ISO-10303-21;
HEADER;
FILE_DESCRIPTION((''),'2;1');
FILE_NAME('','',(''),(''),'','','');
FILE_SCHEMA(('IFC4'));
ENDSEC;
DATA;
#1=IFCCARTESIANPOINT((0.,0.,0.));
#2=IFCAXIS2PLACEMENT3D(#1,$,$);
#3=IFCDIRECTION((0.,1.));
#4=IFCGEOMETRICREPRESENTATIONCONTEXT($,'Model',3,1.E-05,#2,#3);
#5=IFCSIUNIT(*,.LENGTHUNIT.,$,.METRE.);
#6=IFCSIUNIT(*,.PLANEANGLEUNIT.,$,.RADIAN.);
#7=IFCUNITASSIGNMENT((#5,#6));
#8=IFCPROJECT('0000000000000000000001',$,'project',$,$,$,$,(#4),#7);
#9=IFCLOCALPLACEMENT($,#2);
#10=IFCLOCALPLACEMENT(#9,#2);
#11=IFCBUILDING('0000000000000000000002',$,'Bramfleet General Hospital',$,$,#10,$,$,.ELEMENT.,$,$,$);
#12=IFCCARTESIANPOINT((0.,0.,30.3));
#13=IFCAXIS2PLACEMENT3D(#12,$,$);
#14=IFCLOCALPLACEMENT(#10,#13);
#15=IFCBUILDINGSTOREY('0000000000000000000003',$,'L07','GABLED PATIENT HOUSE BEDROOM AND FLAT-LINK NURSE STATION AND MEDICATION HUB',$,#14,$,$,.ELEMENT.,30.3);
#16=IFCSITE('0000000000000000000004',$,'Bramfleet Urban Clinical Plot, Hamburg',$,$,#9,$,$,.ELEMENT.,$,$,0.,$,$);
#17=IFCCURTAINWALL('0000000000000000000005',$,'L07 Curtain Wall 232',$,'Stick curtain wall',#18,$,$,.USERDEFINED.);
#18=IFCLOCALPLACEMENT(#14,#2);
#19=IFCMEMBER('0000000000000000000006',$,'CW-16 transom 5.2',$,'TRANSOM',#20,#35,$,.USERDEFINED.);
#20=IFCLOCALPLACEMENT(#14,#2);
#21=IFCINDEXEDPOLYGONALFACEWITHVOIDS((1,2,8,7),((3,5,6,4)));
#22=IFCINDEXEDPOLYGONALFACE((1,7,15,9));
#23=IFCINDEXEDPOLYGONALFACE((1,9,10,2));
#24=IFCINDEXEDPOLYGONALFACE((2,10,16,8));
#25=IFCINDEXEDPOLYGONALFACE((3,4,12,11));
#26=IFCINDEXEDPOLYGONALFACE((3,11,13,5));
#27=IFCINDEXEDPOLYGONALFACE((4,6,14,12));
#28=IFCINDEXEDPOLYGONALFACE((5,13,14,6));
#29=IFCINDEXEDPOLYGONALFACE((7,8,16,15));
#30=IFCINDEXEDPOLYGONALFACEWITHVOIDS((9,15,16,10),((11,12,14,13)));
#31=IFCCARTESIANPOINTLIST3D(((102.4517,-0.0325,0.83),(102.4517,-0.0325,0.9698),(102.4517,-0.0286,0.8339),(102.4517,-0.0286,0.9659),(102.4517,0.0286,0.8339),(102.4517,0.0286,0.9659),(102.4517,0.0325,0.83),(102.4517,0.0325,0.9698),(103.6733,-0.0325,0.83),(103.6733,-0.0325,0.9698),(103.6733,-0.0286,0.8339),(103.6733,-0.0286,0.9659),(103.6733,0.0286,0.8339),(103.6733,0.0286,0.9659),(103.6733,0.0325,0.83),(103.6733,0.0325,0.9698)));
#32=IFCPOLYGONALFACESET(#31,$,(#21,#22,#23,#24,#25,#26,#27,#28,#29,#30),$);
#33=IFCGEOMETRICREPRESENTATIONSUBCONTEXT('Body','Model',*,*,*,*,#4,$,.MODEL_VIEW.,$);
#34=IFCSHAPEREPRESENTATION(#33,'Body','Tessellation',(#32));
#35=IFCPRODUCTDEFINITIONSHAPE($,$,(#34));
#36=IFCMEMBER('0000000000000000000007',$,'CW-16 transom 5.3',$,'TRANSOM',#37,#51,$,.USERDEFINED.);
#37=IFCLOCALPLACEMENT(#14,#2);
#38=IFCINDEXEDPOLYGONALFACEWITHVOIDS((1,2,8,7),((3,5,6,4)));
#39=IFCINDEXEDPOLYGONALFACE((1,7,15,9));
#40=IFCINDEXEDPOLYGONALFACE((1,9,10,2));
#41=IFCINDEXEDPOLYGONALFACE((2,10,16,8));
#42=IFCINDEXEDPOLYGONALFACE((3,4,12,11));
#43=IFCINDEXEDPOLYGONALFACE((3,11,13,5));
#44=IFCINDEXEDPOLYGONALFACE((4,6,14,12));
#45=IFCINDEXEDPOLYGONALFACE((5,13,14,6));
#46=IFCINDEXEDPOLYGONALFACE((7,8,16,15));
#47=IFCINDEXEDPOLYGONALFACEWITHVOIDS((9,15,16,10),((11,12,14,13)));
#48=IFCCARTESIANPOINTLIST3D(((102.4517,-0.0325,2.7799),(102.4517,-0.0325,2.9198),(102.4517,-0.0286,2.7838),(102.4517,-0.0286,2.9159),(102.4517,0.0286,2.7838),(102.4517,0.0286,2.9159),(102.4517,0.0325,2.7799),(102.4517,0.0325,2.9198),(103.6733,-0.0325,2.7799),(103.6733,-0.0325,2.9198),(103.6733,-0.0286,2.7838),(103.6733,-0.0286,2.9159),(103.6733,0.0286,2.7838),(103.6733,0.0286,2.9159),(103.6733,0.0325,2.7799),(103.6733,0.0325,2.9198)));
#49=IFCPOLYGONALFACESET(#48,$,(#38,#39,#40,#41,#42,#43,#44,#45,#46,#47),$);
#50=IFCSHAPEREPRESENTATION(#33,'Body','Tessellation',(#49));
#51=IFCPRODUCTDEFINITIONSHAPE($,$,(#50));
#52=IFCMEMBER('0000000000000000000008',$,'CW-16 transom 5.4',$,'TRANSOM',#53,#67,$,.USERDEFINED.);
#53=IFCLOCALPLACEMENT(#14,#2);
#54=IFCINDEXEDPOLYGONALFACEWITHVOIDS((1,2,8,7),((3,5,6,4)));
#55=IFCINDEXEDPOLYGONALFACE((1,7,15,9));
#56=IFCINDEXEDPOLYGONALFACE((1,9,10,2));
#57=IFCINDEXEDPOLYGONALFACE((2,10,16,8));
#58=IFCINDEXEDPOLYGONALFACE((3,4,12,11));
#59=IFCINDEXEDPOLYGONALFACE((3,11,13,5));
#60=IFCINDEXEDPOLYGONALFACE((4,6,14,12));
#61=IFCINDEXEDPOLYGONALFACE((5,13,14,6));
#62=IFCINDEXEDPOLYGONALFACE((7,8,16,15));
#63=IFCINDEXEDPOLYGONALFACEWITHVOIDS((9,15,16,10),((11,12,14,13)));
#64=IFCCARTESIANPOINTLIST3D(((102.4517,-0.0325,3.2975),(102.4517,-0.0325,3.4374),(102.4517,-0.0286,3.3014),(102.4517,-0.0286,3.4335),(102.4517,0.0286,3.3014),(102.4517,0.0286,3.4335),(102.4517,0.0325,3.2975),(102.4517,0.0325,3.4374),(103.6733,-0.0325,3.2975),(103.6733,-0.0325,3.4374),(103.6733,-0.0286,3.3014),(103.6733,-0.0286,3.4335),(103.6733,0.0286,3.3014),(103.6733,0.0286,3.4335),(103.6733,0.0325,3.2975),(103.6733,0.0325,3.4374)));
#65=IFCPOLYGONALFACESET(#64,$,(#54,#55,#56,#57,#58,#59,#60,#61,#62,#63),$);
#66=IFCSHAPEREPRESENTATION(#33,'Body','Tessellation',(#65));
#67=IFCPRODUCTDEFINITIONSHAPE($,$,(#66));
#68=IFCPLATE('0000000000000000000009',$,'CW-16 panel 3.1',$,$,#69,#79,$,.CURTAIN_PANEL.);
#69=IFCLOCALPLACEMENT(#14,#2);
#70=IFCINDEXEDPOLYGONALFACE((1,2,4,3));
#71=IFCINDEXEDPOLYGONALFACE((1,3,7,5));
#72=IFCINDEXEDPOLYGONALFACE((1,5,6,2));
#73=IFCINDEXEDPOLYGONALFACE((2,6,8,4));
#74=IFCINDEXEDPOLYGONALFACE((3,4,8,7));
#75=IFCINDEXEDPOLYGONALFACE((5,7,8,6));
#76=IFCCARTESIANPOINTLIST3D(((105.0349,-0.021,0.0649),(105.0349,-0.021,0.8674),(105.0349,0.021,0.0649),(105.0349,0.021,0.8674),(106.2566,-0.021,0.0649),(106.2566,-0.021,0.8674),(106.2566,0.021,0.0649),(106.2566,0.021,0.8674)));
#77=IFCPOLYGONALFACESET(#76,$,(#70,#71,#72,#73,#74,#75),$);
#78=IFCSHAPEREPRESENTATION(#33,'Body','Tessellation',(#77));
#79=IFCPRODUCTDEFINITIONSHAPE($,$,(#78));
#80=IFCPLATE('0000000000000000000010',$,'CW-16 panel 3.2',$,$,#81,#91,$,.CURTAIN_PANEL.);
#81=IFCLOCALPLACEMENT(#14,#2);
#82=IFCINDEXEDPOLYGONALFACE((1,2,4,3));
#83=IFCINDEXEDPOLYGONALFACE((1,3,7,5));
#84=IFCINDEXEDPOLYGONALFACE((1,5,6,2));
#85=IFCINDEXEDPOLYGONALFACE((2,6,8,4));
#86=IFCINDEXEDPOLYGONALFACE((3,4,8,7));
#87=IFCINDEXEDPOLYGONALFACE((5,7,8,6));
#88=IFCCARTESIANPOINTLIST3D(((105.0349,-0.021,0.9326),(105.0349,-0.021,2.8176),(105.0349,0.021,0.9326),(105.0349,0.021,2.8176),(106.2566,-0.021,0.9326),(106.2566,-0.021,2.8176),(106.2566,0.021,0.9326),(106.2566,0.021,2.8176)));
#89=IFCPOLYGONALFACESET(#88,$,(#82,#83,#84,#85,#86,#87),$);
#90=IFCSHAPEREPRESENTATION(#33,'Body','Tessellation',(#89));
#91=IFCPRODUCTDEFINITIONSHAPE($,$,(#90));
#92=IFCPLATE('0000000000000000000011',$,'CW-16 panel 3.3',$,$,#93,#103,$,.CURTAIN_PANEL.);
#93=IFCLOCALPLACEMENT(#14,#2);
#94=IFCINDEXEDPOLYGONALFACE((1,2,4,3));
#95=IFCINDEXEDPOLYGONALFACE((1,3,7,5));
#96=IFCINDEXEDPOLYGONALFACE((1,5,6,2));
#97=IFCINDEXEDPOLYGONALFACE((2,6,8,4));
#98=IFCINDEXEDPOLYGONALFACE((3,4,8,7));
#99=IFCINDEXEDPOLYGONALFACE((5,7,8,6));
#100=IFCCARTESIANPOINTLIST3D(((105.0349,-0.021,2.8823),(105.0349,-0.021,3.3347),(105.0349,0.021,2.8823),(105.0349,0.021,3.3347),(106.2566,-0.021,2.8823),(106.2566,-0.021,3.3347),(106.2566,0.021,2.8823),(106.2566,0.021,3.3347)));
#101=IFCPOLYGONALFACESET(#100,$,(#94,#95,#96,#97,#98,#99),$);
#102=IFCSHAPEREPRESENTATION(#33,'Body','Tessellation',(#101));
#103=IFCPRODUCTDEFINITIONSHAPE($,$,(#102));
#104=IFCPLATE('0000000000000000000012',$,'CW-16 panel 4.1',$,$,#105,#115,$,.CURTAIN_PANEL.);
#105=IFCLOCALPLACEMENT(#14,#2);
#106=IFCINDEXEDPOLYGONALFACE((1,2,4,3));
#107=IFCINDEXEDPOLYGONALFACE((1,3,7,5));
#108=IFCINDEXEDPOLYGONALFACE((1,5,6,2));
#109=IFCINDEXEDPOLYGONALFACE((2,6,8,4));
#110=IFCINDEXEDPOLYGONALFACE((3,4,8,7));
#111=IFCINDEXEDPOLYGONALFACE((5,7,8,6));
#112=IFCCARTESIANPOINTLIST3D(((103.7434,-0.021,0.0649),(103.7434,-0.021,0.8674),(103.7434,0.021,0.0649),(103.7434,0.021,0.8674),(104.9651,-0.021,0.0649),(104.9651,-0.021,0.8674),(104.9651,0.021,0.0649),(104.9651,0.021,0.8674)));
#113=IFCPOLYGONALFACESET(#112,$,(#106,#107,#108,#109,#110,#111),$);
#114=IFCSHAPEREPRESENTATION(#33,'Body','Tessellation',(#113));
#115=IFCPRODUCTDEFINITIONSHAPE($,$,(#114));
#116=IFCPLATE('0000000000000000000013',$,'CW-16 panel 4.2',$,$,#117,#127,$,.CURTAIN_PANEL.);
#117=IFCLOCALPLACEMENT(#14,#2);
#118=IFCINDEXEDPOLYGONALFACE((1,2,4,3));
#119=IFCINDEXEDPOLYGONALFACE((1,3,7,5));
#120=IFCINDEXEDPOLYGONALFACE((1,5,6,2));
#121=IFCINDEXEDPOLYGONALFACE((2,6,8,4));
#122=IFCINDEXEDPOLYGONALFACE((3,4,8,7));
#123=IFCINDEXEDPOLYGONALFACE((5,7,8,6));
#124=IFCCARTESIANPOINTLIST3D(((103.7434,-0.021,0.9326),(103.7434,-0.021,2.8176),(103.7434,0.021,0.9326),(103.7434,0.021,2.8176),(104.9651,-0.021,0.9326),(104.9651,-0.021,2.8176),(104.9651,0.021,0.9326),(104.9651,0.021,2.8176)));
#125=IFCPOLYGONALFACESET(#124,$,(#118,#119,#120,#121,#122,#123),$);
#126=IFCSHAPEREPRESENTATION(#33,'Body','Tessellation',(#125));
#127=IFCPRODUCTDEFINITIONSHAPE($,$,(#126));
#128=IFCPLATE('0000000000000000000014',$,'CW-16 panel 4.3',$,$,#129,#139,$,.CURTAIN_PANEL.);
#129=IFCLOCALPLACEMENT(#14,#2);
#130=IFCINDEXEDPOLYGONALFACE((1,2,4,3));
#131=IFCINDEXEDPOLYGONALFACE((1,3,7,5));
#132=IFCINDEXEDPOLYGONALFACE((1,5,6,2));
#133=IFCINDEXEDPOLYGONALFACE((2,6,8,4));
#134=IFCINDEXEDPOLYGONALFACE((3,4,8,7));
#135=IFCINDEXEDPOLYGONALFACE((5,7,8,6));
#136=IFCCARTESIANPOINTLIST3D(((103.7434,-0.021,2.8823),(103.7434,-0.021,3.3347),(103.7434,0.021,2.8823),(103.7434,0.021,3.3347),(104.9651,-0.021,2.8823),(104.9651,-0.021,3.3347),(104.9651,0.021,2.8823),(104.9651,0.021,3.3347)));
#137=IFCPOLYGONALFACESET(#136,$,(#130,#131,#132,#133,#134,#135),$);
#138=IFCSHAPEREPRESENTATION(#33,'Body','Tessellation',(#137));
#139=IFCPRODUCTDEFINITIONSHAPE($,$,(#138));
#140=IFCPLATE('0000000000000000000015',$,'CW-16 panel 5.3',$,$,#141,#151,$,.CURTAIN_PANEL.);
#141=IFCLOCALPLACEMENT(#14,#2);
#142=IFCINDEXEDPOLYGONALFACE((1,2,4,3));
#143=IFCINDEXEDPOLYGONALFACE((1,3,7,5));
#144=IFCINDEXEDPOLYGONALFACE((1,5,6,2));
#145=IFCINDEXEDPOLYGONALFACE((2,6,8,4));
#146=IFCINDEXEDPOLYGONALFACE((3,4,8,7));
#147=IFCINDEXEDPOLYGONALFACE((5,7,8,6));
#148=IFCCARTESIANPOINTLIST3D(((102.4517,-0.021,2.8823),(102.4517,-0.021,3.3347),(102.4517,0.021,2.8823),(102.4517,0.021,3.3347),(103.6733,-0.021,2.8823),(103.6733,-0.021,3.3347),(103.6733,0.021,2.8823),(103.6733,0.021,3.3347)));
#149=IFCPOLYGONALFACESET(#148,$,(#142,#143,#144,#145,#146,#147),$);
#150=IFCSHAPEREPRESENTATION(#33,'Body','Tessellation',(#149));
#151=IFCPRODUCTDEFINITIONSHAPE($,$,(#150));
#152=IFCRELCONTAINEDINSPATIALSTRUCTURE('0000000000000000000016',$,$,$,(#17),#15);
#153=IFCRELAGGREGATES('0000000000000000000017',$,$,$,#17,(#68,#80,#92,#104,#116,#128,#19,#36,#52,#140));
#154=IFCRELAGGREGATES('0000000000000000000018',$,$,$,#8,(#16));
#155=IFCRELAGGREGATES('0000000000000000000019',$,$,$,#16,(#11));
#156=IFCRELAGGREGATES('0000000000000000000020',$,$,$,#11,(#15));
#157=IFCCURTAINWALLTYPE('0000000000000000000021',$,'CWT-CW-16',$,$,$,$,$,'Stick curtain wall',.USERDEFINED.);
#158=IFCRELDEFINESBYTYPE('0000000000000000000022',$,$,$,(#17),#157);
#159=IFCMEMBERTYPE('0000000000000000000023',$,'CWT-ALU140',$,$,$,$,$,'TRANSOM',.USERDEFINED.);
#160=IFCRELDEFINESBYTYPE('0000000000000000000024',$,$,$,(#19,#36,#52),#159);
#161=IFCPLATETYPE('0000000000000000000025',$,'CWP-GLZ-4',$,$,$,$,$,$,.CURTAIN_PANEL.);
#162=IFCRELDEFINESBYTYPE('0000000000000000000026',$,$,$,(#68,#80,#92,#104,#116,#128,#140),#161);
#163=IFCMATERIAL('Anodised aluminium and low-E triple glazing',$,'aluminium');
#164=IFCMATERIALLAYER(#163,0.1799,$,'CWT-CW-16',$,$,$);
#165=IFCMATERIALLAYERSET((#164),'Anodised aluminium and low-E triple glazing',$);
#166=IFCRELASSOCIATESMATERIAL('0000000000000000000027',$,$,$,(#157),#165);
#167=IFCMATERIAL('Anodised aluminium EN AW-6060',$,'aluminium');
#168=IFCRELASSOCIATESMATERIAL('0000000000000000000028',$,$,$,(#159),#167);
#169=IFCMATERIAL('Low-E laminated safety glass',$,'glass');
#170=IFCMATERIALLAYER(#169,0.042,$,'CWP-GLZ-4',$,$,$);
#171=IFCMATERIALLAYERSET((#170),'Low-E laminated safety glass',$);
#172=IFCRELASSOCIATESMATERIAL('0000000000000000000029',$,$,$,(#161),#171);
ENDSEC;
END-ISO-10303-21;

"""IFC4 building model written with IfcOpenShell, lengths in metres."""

from ifc_helpers import new_model, si_unit, direction, frame, origin, origin_2d, place, context, subcontext, project, spatial, rectangle, hollow_rectangle, extrude, material, layer, layer_set, material_profile, profile_set, type_object, element, aggregate, save


model = new_model("IFC4")

# Units and contexts
model_context = context("Model", 3, precision=1e-05, world=origin(), true_north=direction((0.0, 1.0)))
body_context = subcontext(model_context, "Body", "Model", "MODEL_VIEW")
ifc_project = project(units=[si_unit("LENGTHUNIT", "METRE"), si_unit("PLANEANGLEUNIT", "RADIAN")], contexts=[model_context])

# Site, building, storey
site_placement = place(None, origin())
site = spatial("IfcSite", under=ifc_project, at=site_placement, Name="Bramfleet Urban Clinical Plot, Hamburg", CompositionType="ELEMENT", RefElevation=0.0)
building_placement = place(site_placement, origin())
building = spatial("IfcBuilding", under=site, at=building_placement, Name="Bramfleet General Hospital", CompositionType="ELEMENT")
storey_placement = place(building_placement, frame((0.0, 0.0, 30.3)))
storey = spatial("IfcBuildingStorey", under=building, at=storey_placement, Name="L07", Description="GABLED PATIENT HOUSE BEDROOM AND FLAT-LINK NURSE STATION AND MEDICATION HUB", CompositionType="ELEMENT", Elevation=30.3)

# Curtain wall, members, plates
ifc_material_1 = material(Name="Anodised aluminium and low-E triple glazing", Category="aluminium")
ifc_layer_1 = layer(ifc_material_1, 0.1799, Name="CWT-CW-16")
ifc_layer_set_1 = layer_set([ifc_layer_1], Name="Anodised aluminium and low-E triple glazing")
curtain_wall_type = type_object("IfcCurtainWallType", Name="CWT-CW-16", ElementType="Stick curtain wall", PredefinedType="USERDEFINED", material=ifc_layer_set_1)
curtain_wall_placement = place(storey_placement, origin())
curtain_wall = element("IfcCurtainWall", 1, at=curtain_wall_placement, inside=storey, type_object=curtain_wall_type, Name="L07 Curtain Wall 232", ObjectType="Stick curtain wall", PredefinedType="USERDEFINED")
ifc_material_2 = material(Name="Anodised aluminium EN AW-6060", Category="aluminium")
ifc_material_profile_1 = material_profile(ifc_material_2, hollow_rectangle(XDim=0.0649, YDim=0.1399, WallThickness=0.0039, at=origin_2d()), Name="ALU 140x65x4.0")
ifc_profile_set_1 = profile_set([ifc_material_profile_1], Name="Anodised aluminium EN AW-6060")
member_type_1 = type_object("IfcMemberType", Name="CWT-ALU140", ElementType="TRANSOM", PredefinedType="USERDEFINED", material=ifc_profile_set_1)
member_1_placement = place(storey_placement, frame((103.6733, 0.0, 0.8999), z_axis=(-1.0, 0.0, 0.0), x_axis=(0.0, -1.0, 0.0)))
member_1 = element("IfcMember", 2, at=member_1_placement, type_object=member_type_1, Name="CW-16 transom 5.2", ObjectType="TRANSOM", PredefinedType="USERDEFINED", context=body_context, shape_type="SweptSolid", body=[
    extrude(hollow_rectangle(XDim=0.0649, YDim=0.1399, WallThickness=0.0039, at=origin_2d()), origin(), (0.0, 0.0, 1.0), 1.2217),
])
member_2_placement = place(storey_placement, frame((103.6733, 0.0, 2.8499), z_axis=(-1.0, 0.0, 0.0), x_axis=(0.0, -1.0, 0.0)))
member_2 = element("IfcMember", 3, at=member_2_placement, type_object=member_type_1, Name="CW-16 transom 5.3", ObjectType="TRANSOM", PredefinedType="USERDEFINED", context=body_context, shape_type="SweptSolid", body=[
    extrude(hollow_rectangle(XDim=0.0649, YDim=0.1399, WallThickness=0.0039, at=origin_2d()), origin(), (0.0, 0.0, 1.0), 1.2217),
])
member_3_placement = place(storey_placement, frame((103.6733, 0.0, 3.3674), z_axis=(-1.0, 0.0, 0.0), x_axis=(0.0, -1.0, 0.0)))
member_3 = element("IfcMember", 4, at=member_3_placement, type_object=member_type_1, Name="CW-16 transom 5.4", ObjectType="TRANSOM", PredefinedType="USERDEFINED", context=body_context, shape_type="SweptSolid", body=[
    extrude(hollow_rectangle(XDim=0.0649, YDim=0.1399, WallThickness=0.0039, at=origin_2d()), origin(), (0.0, 0.0, 1.0), 1.2217),
])
ifc_material_3 = material(Name="Low-E laminated safety glass", Category="glass")
ifc_layer_2 = layer(ifc_material_3, 0.042, Name="CWP-GLZ-4")
ifc_layer_set_2 = layer_set([ifc_layer_2], Name="Low-E laminated safety glass")
plate_type = type_object("IfcPlateType", Name="CWP-GLZ-4", PredefinedType="CURTAIN_PANEL", material=ifc_layer_set_2)
plate_1_placement = place(storey_placement, frame((105.6458, 0.0, 0.0649), z_axis=(0.0, 0.0, 1.0), x_axis=(-1.0, 0.0, 0.0)))
plate_1 = element("IfcPlate", 5, at=plate_1_placement, type_object=plate_type, Name="CW-16 panel 3.1", PredefinedType="CURTAIN_PANEL", context=body_context, shape_type="SweptSolid", body=[
    extrude(rectangle(XDim=1.2217, YDim=0.042, at=origin_2d()), origin(), (0.0, 0.0, 1.0), 0.8025),
])
plate_2_placement = place(storey_placement, frame((105.6458, 0.0, 0.9326), z_axis=(0.0, 0.0, 1.0), x_axis=(-1.0, 0.0, 0.0)))
plate_2 = element("IfcPlate", 6, at=plate_2_placement, type_object=plate_type, Name="CW-16 panel 3.2", PredefinedType="CURTAIN_PANEL", context=body_context, shape_type="SweptSolid", body=[
    extrude(rectangle(XDim=1.2217, YDim=0.042, at=origin_2d()), origin(), (0.0, 0.0, 1.0), 1.885),
])
plate_3_placement = place(storey_placement, frame((105.6458, 0.0, 2.8823), z_axis=(0.0, 0.0, 1.0), x_axis=(-1.0, 0.0, 0.0)))
plate_3 = element("IfcPlate", 7, at=plate_3_placement, type_object=plate_type, Name="CW-16 panel 3.3", PredefinedType="CURTAIN_PANEL", context=body_context, shape_type="SweptSolid", body=[
    extrude(rectangle(XDim=1.2217, YDim=0.042, at=origin_2d()), origin(), (0.0, 0.0, 1.0), 0.4524),
])
plate_4_placement = place(storey_placement, frame((104.3542, 0.0, 0.0649), z_axis=(0.0, 0.0, 1.0), x_axis=(-1.0, 0.0, 0.0)))
plate_4 = element("IfcPlate", 8, at=plate_4_placement, type_object=plate_type, Name="CW-16 panel 4.1", PredefinedType="CURTAIN_PANEL", context=body_context, shape_type="SweptSolid", body=[
    extrude(rectangle(XDim=1.2217, YDim=0.042, at=origin_2d()), origin(), (0.0, 0.0, 1.0), 0.8025),
])
plate_5_placement = place(storey_placement, frame((104.3542, 0.0, 0.9326), z_axis=(0.0, 0.0, 1.0), x_axis=(-1.0, 0.0, 0.0)))
plate_5 = element("IfcPlate", 9, at=plate_5_placement, type_object=plate_type, Name="CW-16 panel 4.2", PredefinedType="CURTAIN_PANEL", context=body_context, shape_type="SweptSolid", body=[
    extrude(rectangle(XDim=1.2217, YDim=0.042, at=origin_2d()), origin(), (0.0, 0.0, 1.0), 1.885),
])
plate_6_placement = place(storey_placement, frame((104.3542, 0.0, 2.8823), z_axis=(0.0, 0.0, 1.0), x_axis=(-1.0, 0.0, 0.0)))
plate_6 = element("IfcPlate", 10, at=plate_6_placement, type_object=plate_type, Name="CW-16 panel 4.3", PredefinedType="CURTAIN_PANEL", context=body_context, shape_type="SweptSolid", body=[
    extrude(rectangle(XDim=1.2217, YDim=0.042, at=origin_2d()), origin(), (0.0, 0.0, 1.0), 0.4524),
])
plate_7_placement = place(storey_placement, frame((103.0625, 0.0, 2.8823), z_axis=(0.0, 0.0, 1.0), x_axis=(-1.0, 0.0, 0.0)))
plate_7 = element("IfcPlate", 11, at=plate_7_placement, type_object=plate_type, Name="CW-16 panel 5.3", PredefinedType="CURTAIN_PANEL", context=body_context, shape_type="SweptSolid", body=[
    extrude(rectangle(XDim=1.2217, YDim=0.042, at=origin_2d()), origin(), (0.0, 0.0, 1.0), 0.4524),
])
aggregate(curtain_wall, [plate_1, plate_2, plate_3, plate_4, plate_5, plate_6, member_1, member_2, member_3, plate_7])

save(model, "model.ifc")
